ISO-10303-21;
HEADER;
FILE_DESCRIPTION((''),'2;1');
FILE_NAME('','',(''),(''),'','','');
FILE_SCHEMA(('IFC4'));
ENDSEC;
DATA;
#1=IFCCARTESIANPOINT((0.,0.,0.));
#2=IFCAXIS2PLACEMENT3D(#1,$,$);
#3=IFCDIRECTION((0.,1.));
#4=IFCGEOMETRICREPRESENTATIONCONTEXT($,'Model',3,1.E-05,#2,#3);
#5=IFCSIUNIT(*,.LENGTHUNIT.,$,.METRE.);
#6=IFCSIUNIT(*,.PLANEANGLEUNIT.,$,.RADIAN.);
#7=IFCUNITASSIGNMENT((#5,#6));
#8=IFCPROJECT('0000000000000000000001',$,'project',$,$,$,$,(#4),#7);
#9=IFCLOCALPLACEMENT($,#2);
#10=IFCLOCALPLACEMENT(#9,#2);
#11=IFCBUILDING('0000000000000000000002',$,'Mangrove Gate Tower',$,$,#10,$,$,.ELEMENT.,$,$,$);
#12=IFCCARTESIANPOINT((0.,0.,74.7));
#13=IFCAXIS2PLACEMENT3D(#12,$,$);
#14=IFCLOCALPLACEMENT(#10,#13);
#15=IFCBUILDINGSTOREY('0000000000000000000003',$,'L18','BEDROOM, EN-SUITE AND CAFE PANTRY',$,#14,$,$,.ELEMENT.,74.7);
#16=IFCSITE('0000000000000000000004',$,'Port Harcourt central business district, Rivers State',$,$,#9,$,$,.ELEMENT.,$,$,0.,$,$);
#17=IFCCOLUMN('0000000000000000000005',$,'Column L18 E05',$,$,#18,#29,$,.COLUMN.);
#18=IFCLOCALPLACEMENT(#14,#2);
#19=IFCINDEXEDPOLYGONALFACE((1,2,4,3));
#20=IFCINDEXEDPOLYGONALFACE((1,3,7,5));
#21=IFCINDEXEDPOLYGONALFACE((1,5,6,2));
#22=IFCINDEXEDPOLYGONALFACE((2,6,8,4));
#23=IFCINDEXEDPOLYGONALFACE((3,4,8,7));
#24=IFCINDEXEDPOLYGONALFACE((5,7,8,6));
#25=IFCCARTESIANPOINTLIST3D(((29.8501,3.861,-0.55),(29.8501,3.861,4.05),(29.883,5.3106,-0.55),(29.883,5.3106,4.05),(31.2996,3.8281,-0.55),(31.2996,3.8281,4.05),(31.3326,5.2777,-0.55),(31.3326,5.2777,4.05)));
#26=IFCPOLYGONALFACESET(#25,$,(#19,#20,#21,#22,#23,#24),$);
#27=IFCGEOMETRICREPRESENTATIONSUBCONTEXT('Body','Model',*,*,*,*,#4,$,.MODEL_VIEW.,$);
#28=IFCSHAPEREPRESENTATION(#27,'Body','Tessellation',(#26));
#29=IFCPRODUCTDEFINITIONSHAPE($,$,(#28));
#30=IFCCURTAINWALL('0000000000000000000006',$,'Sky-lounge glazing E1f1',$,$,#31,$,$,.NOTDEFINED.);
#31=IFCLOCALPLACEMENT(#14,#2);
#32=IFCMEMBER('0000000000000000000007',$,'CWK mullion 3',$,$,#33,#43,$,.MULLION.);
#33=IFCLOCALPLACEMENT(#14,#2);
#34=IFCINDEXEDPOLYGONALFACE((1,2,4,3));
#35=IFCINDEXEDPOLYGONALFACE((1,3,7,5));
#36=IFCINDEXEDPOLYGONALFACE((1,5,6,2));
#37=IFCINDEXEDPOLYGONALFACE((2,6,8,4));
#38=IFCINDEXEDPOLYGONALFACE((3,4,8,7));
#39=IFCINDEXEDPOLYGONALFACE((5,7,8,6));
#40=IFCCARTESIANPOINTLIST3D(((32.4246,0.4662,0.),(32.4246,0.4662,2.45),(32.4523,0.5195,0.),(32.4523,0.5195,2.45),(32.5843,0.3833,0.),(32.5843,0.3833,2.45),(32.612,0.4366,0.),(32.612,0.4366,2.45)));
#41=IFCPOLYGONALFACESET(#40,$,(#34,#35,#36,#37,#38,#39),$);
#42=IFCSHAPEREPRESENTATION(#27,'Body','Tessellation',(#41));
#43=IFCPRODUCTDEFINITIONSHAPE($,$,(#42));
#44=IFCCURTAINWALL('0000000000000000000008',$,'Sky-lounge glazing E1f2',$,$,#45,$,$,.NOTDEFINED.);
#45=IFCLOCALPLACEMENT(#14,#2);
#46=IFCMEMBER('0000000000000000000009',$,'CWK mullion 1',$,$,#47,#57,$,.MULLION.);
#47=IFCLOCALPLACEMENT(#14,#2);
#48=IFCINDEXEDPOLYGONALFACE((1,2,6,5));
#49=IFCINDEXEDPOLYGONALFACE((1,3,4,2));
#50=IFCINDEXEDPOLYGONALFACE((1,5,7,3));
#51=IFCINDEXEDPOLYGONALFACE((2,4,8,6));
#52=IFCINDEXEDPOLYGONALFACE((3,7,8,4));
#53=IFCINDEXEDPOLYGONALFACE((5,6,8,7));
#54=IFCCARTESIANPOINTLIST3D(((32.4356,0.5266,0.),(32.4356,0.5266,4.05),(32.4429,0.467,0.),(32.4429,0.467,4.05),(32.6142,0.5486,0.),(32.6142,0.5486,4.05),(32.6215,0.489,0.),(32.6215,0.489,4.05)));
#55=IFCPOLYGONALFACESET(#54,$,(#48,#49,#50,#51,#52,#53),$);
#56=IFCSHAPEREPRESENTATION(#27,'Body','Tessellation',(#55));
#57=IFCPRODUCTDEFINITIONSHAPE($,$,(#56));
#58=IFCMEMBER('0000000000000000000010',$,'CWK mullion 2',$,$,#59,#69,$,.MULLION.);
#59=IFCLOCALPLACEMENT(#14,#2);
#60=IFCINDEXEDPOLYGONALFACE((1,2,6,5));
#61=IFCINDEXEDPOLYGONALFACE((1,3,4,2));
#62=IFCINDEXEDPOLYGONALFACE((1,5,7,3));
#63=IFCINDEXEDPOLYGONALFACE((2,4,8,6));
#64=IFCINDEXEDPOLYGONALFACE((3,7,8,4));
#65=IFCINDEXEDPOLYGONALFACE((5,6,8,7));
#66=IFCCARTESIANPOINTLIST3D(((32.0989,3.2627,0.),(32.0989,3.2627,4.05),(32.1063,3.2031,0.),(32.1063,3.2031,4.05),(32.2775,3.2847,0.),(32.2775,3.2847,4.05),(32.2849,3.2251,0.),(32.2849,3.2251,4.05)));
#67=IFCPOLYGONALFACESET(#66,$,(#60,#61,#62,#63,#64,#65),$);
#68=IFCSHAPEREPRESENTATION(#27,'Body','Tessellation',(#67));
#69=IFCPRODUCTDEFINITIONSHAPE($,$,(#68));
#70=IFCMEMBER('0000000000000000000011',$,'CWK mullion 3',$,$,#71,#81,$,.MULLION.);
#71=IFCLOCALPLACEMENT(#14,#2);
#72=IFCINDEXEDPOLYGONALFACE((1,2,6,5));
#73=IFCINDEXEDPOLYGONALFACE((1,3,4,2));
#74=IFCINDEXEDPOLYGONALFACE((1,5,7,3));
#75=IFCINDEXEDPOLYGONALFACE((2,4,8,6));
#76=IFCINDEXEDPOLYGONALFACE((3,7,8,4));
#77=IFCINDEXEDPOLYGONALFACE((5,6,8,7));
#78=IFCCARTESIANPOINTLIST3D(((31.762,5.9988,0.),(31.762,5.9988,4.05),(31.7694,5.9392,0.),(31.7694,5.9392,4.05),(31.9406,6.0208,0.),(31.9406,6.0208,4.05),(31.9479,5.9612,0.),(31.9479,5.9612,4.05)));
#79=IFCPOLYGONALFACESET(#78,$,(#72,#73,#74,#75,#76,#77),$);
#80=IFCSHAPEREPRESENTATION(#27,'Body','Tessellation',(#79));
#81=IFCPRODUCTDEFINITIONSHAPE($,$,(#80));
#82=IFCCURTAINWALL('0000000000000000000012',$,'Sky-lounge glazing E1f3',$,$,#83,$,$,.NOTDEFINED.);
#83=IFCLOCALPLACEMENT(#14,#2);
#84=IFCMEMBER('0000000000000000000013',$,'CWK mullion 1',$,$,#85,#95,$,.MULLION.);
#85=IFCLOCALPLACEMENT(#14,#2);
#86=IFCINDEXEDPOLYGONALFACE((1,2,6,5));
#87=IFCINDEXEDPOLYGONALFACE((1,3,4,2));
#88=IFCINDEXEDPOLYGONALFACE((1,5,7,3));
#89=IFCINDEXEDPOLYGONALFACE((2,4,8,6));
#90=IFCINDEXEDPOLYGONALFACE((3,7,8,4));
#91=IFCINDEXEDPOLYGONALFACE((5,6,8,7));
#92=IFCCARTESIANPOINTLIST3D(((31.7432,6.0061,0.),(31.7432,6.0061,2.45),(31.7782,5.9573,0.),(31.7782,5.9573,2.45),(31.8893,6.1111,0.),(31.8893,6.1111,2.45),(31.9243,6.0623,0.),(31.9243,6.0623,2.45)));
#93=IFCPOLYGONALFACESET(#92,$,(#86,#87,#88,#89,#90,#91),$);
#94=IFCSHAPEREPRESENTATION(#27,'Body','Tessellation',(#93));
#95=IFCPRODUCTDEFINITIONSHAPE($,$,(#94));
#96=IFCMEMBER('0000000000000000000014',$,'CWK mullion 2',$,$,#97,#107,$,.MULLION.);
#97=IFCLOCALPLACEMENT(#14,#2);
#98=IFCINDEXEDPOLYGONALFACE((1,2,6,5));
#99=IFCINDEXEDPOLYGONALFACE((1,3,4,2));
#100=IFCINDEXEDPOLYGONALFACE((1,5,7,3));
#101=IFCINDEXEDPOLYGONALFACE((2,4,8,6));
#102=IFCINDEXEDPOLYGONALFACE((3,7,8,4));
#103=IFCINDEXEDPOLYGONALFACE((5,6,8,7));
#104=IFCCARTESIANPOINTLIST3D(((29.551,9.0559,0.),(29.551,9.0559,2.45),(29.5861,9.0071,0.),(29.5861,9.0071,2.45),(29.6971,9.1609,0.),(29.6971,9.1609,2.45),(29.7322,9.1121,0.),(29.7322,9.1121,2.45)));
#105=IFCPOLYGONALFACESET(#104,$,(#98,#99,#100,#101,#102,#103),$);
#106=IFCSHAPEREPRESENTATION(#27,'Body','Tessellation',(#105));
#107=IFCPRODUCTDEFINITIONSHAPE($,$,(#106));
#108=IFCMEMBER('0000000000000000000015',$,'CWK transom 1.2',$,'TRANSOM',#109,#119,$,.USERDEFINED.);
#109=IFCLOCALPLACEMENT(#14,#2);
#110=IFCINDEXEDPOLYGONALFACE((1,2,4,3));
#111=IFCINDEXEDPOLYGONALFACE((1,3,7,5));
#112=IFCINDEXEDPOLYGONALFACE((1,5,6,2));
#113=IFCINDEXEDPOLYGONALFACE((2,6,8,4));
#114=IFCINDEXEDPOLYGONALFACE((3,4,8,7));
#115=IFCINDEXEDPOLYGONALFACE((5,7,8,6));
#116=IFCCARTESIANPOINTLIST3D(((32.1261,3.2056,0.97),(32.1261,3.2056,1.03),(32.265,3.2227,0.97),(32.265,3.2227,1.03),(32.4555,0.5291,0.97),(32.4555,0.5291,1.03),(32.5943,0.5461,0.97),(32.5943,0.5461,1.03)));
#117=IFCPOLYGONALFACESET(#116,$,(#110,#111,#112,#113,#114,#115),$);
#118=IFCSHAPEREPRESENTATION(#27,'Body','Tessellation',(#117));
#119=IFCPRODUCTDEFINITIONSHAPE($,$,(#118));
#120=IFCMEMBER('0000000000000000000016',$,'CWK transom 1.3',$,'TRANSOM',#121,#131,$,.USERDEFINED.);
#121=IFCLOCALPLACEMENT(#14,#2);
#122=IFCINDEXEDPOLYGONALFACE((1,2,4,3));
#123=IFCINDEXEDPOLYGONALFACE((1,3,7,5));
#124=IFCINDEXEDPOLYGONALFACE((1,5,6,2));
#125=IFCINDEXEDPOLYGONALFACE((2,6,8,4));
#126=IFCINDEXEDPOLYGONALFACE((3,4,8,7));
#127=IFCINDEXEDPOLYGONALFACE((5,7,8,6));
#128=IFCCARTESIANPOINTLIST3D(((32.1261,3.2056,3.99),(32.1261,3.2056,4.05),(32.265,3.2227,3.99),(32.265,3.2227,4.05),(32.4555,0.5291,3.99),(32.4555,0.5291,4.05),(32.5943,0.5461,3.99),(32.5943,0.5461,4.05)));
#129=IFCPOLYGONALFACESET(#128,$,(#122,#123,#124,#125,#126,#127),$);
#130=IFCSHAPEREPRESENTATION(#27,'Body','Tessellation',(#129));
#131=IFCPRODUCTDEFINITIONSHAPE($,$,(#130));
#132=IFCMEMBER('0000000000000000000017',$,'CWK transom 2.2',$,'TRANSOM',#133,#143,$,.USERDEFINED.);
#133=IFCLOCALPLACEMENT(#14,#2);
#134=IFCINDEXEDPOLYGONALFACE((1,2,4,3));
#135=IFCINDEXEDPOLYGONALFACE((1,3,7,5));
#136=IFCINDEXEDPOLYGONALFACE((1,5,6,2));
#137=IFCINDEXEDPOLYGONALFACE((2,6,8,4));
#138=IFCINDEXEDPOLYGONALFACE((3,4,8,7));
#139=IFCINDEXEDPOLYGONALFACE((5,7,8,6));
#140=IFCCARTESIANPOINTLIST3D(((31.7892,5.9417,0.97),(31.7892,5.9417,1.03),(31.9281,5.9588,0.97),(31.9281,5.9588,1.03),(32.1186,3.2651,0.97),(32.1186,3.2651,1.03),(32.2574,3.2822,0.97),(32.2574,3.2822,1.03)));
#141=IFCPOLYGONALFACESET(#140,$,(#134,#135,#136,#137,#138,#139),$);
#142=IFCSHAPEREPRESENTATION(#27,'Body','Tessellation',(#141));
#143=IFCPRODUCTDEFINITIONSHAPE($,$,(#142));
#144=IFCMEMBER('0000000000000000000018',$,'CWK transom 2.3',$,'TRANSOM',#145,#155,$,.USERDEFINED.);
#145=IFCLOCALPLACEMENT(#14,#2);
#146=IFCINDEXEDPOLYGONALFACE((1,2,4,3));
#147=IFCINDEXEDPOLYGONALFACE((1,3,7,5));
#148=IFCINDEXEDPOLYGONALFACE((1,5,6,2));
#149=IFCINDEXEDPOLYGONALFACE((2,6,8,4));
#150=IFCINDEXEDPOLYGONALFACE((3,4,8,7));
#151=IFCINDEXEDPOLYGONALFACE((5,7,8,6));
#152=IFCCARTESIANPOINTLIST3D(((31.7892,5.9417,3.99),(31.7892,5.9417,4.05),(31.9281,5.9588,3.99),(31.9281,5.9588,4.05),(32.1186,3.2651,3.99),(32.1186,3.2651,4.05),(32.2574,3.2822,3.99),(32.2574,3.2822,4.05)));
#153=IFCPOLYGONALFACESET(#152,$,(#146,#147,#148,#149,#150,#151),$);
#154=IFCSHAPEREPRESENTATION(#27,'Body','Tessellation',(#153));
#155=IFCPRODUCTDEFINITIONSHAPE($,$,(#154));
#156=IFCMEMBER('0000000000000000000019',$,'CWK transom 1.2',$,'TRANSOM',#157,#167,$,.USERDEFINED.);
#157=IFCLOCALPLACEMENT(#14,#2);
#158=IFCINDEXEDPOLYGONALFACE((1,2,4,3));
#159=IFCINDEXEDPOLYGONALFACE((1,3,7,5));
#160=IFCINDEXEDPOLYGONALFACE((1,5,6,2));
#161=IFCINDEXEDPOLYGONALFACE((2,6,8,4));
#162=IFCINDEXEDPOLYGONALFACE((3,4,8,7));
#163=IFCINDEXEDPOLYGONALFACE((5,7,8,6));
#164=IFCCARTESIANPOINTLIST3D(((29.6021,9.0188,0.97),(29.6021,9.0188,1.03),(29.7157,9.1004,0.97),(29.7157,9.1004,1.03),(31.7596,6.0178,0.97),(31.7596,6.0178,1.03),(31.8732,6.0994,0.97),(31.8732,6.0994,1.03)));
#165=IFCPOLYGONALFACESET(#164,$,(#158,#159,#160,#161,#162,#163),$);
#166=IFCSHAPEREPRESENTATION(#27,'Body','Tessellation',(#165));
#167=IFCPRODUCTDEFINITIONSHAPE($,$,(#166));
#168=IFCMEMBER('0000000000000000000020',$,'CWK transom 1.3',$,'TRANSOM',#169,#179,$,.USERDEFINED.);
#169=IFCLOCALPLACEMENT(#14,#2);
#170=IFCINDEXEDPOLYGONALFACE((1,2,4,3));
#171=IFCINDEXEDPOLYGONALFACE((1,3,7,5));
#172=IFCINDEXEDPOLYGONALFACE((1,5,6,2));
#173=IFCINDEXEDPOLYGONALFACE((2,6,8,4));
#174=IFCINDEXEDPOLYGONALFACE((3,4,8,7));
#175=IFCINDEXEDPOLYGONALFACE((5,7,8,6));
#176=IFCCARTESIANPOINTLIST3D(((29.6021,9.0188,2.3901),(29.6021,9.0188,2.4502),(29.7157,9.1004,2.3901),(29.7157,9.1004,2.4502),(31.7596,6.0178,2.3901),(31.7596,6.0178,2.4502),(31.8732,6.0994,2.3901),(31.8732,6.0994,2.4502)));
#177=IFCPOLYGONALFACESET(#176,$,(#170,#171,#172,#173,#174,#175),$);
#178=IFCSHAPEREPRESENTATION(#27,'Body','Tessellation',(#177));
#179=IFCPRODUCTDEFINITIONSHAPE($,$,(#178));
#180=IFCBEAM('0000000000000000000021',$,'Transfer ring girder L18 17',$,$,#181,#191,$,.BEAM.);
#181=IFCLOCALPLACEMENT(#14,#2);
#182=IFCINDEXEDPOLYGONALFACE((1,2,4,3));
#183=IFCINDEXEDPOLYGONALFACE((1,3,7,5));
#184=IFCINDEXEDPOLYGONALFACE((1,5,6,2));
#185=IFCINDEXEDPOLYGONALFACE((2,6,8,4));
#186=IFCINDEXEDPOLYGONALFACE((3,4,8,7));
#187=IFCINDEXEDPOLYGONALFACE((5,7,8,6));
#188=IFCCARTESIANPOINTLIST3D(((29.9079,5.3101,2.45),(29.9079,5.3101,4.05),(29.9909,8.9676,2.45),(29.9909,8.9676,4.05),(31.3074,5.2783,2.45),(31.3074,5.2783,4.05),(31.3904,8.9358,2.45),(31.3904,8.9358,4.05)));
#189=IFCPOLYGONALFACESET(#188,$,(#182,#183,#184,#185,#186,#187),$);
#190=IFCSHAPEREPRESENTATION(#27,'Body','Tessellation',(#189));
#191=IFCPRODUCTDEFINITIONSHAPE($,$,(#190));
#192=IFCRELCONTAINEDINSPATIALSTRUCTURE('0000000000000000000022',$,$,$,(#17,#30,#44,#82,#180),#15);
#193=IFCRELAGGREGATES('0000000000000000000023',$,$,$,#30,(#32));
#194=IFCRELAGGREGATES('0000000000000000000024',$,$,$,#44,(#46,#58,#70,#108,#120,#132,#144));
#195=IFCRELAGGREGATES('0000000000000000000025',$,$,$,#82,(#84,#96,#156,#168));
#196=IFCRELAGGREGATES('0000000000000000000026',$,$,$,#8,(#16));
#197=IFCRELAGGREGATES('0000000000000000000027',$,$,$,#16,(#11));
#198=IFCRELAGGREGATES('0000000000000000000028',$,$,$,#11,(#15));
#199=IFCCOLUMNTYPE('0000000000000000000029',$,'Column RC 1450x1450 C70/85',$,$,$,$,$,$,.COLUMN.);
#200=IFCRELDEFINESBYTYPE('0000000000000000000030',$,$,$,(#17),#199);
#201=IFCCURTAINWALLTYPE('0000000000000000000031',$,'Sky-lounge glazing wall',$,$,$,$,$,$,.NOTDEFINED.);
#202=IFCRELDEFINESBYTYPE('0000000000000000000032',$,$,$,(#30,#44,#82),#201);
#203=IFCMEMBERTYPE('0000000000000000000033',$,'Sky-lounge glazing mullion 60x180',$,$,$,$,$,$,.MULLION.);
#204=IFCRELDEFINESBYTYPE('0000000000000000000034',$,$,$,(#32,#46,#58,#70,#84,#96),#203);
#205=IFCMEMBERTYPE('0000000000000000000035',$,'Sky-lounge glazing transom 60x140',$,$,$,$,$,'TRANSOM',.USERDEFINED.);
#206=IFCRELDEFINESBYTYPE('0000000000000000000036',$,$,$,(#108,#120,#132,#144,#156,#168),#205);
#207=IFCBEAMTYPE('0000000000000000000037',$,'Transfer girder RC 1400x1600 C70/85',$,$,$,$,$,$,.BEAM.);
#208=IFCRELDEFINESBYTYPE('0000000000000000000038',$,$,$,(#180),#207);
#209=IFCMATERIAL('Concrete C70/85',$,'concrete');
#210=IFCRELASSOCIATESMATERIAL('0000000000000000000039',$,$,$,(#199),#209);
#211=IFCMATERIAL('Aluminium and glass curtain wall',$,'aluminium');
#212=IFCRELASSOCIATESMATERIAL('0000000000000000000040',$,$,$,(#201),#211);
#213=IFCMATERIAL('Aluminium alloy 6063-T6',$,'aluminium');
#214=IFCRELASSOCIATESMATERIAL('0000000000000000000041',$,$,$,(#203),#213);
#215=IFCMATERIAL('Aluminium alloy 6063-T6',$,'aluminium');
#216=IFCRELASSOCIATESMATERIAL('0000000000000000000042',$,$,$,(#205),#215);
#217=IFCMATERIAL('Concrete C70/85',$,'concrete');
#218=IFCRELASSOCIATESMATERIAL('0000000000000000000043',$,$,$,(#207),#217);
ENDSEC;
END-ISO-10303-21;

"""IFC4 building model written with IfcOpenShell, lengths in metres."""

from ifc_helpers import new_model, si_unit, direction, frame, origin, origin_2d, place, context, subcontext, project, spatial, rectangle, extrude, material, material_profile, profile_set, type_object, element, aggregate, save


model = new_model("IFC4")

# Units and contexts
model_context = context("Model", 3, precision=1e-05, world=origin(), true_north=direction((0.0, 1.0)))
body_context = subcontext(model_context, "Body", "Model", "MODEL_VIEW")
ifc_project = project(units=[si_unit("LENGTHUNIT", "METRE"), si_unit("PLANEANGLEUNIT", "RADIAN")], contexts=[model_context])

# Site, building, storey
site_placement = place(None, origin())
site = spatial("IfcSite", under=ifc_project, at=site_placement, Name="Port Harcourt central business district, Rivers State", CompositionType="ELEMENT", RefElevation=0.0)
building_placement = place(site_placement, origin())
building = spatial("IfcBuilding", under=site, at=building_placement, Name="Mangrove Gate Tower", CompositionType="ELEMENT")
storey_placement = place(building_placement, frame((0.0, 0.0, 74.7)))
storey = spatial("IfcBuildingStorey", under=building, at=storey_placement, Name="L18", Description="BEDROOM, EN-SUITE AND CAFE PANTRY", CompositionType="ELEMENT", Elevation=74.7)

# Column
ifc_material_1 = material(Name="Concrete C70/85", Category="concrete")
ifc_material_profile_1 = material_profile(ifc_material_1, rectangle(XDim=1.45, YDim=1.45, at=origin_2d()))
ifc_profile_set_1 = profile_set([ifc_material_profile_1], Name="Concrete C70/85")
column_type = type_object("IfcColumnType", Name="Column RC 1450x1450 C70/85", PredefinedType="COLUMN", material=ifc_profile_set_1)
column_placement = place(storey_placement, frame((30.5913, 4.5693, -0.55), z_axis=(0.0, 0.0, 1.0), x_axis=(0.022695, 0.999742, 0.0)))
element("IfcColumn", 1, at=column_placement, inside=storey, type_object=column_type, Name="Column L18 E05", PredefinedType="COLUMN", context=body_context, shape_type="SweptSolid", body=[
    extrude(rectangle(XDim=1.45, YDim=1.45, at=origin_2d()), origin(), (0.0, 0.0, 1.0), 4.6001),
])

# Curtain wall, member
ifc_material_2 = material(Name="Aluminium and glass curtain wall", Category="aluminium")
curtain_wall_type = type_object("IfcCurtainWallType", Name="Sky-lounge glazing wall", PredefinedType="NOTDEFINED", material=ifc_material_2)
curtain_wall_1_placement = place(storey_placement, origin())
curtain_wall_1 = element("IfcCurtainWall", 2, at=curtain_wall_1_placement, inside=storey, type_object=curtain_wall_type, Name="Sky-lounge glazing E1f1", PredefinedType="NOTDEFINED")
ifc_material_3 = material(Name="Aluminium alloy 6063-T6", Category="aluminium")
ifc_material_profile_2 = material_profile(ifc_material_3, rectangle(XDim=0.0601, YDim=0.1799, at=origin_2d()))
ifc_profile_set_2 = profile_set([ifc_material_profile_2], Name="Aluminium alloy 6063-T6")
member_type_1 = type_object("IfcMemberType", Name="Sky-lounge glazing mullion 60x180", PredefinedType="MULLION", material=ifc_profile_set_2)
member_1_placement = place(storey_placement, frame((32.5183, 0.4514, 0.0), z_axis=(0.0, 0.0, 1.0), x_axis=(0.460628, 0.887593, 0.0)))
member_1 = element("IfcMember", 3, at=member_1_placement, type_object=member_type_1, Name="CWK mullion 3", PredefinedType="MULLION", context=body_context, shape_type="SweptSolid", body=[
    extrude(rectangle(XDim=0.0601, YDim=0.1799, at=origin_2d()), origin(), (0.0, 0.0, 1.0), 2.45),
])
aggregate(curtain_wall_1, [member_1])

# Curtain walls, members
curtain_wall_2_placement = place(storey_placement, origin())
curtain_wall_2 = element("IfcCurtainWall", 4, at=curtain_wall_2_placement, inside=storey, type_object=curtain_wall_type, Name="Sky-lounge glazing E1f2", PredefinedType="NOTDEFINED")
member_2_placement = place(storey_placement, frame((32.5286, 0.5078, 0.0), z_axis=(0.0, 0.0, 1.0), x_axis=(-0.122172, 0.992509, 0.0)))
member_2 = element("IfcMember", 5, at=member_2_placement, type_object=member_type_1, Name="CWK mullion 1", PredefinedType="MULLION", context=body_context, shape_type="SweptSolid", body=[
    extrude(rectangle(XDim=0.0601, YDim=0.1799, at=origin_2d()), origin(), (0.0, 0.0, 1.0), 4.05),
])
member_3_placement = place(storey_placement, frame((32.1919, 3.2439, 0.0), z_axis=(0.0, 0.0, 1.0), x_axis=(-0.122172, 0.992509, 0.0)))
member_3 = element("IfcMember", 6, at=member_3_placement, type_object=member_type_1, Name="CWK mullion 2", PredefinedType="MULLION", context=body_context, shape_type="SweptSolid", body=[
    extrude(rectangle(XDim=0.0601, YDim=0.1799, at=origin_2d()), origin(), (0.0, 0.0, 1.0), 4.05),
])
member_4_placement = place(storey_placement, frame((31.855, 5.98, 0.0), z_axis=(0.0, 0.0, 1.0), x_axis=(-0.122172, 0.992509, 0.0)))
member_4 = element("IfcMember", 7, at=member_4_placement, type_object=member_type_1, Name="CWK mullion 3", PredefinedType="MULLION", context=body_context, shape_type="SweptSolid", body=[
    extrude(rectangle(XDim=0.0601, YDim=0.1799, at=origin_2d()), origin(), (0.0, 0.0, 1.0), 4.05),
])
curtain_wall_3_placement = place(storey_placement, origin())
curtain_wall_3 = element("IfcCurtainWall", 8, at=curtain_wall_3_placement, inside=storey, type_object=curtain_wall_type, Name="Sky-lounge glazing E1f3", PredefinedType="NOTDEFINED")
member_5_placement = place(storey_placement, frame((31.8337, 6.0342, 0.0), z_axis=(0.0, 0.0, 1.0), x_axis=(-0.58367, 0.811991, 0.0)))
member_5 = element("IfcMember", 9, at=member_5_placement, type_object=member_type_1, Name="CWK mullion 1", PredefinedType="MULLION", context=body_context, shape_type="SweptSolid", body=[
    extrude(rectangle(XDim=0.0601, YDim=0.1799, at=origin_2d()), origin(), (0.0, 0.0, 1.0), 2.45),
])
member_6_placement = place(storey_placement, frame((29.6416, 9.084, 0.0), z_axis=(0.0, 0.0, 1.0), x_axis=(-0.58367, 0.811991, 0.0)))
member_6 = element("IfcMember", 10, at=member_6_placement, type_object=member_type_1, Name="CWK mullion 2", PredefinedType="MULLION", context=body_context, shape_type="SweptSolid", body=[
    extrude(rectangle(XDim=0.0601, YDim=0.1799, at=origin_2d()), origin(), (0.0, 0.0, 1.0), 2.45),
])

# Members
ifc_material_4 = material(Name="Aluminium alloy 6063-T6", Category="aluminium")
ifc_material_profile_3 = material_profile(ifc_material_4, rectangle(XDim=0.0601, YDim=0.1399, at=origin_2d()))
ifc_profile_set_3 = profile_set([ifc_material_profile_3], Name="Aluminium alloy 6063-T6")
member_type_2 = type_object("IfcMemberType", Name="Sky-lounge glazing transom 60x140", ElementType="TRANSOM", PredefinedType="USERDEFINED", material=ifc_profile_set_3)
member_7_placement = place(storey_placement, frame((32.5249, 0.5376, 1.0), z_axis=(-0.122129, 0.992514, 0.0), x_axis=(0.0, 0.0, 1.0)))
member_7 = element("IfcMember", 11, at=member_7_placement, type_object=member_type_2, Name="CWK transom 1.2", ObjectType="TRANSOM", PredefinedType="USERDEFINED", context=body_context, shape_type="SweptSolid", body=[
    extrude(rectangle(XDim=0.0601, YDim=0.1399, at=origin_2d()), origin(), (0.0, 0.0, 1.0), 2.6968),
])
member_8_placement = place(storey_placement, frame((32.5249, 0.5376, 4.02), z_axis=(-0.122129, 0.992514, 0.0), x_axis=(0.0, 0.0, 1.0)))
member_8 = element("IfcMember", 12, at=member_8_placement, type_object=member_type_2, Name="CWK transom 1.3", ObjectType="TRANSOM", PredefinedType="USERDEFINED", context=body_context, shape_type="SweptSolid", body=[
    extrude(rectangle(XDim=0.0601, YDim=0.1399, at=origin_2d()), origin(), (0.0, 0.0, 1.0), 2.6968),
])
member_9_placement = place(storey_placement, frame((32.188, 3.2737, 1.0), z_axis=(-0.122129, 0.992514, 0.0), x_axis=(0.0, 0.0, 1.0)))
member_9 = element("IfcMember", 13, at=member_9_placement, type_object=member_type_2, Name="CWK transom 2.2", ObjectType="TRANSOM", PredefinedType="USERDEFINED", context=body_context, shape_type="SweptSolid", body=[
    extrude(rectangle(XDim=0.0601, YDim=0.1399, at=origin_2d()), origin(), (0.0, 0.0, 1.0), 2.6968),
])
member_10_placement = place(storey_placement, frame((32.188, 3.2737, 4.02), z_axis=(-0.122129, 0.992514, 0.0), x_axis=(0.0, 0.0, 1.0)))
member_10 = element("IfcMember", 14, at=member_10_placement, type_object=member_type_2, Name="CWK transom 2.3", ObjectType="TRANSOM", PredefinedType="USERDEFINED", context=body_context, shape_type="SweptSolid", body=[
    extrude(rectangle(XDim=0.0601, YDim=0.1399, at=origin_2d()), origin(), (0.0, 0.0, 1.0), 2.6968),
])
member_11_placement = place(storey_placement, frame((31.8164, 6.0586, 1.0), z_axis=(-0.583729, 0.811949, 0.0), x_axis=(0.0, 0.0, 1.0)))
member_11 = element("IfcMember", 15, at=member_11_placement, type_object=member_type_2, Name="CWK transom 1.2", ObjectType="TRANSOM", PredefinedType="USERDEFINED", context=body_context, shape_type="SweptSolid", body=[
    extrude(rectangle(XDim=0.0601, YDim=0.1399, at=origin_2d()), origin(), (0.0, 0.0, 1.0), 3.696),
])
member_12_placement = place(storey_placement, frame((31.8164, 6.0586, 2.4202), z_axis=(-0.583729, 0.811949, 0.0), x_axis=(0.0, 0.0, 1.0)))
member_12 = element("IfcMember", 16, at=member_12_placement, type_object=member_type_2, Name="CWK transom 1.3", ObjectType="TRANSOM", PredefinedType="USERDEFINED", context=body_context, shape_type="SweptSolid", body=[
    extrude(rectangle(XDim=0.0601, YDim=0.1399, at=origin_2d()), origin(), (0.0, 0.0, 1.0), 3.696),
])

# Beam
ifc_material_5 = material(Name="Concrete C70/85", Category="concrete")
ifc_material_profile_4 = material_profile(ifc_material_5, rectangle(XDim=1.3999, YDim=1.6001, at=origin_2d()))
ifc_profile_set_4 = profile_set([ifc_material_profile_4], Name="Concrete C70/85")
beam_type = type_object("IfcBeamType", Name="Transfer girder RC 1400x1600 C70/85", PredefinedType="BEAM", material=ifc_profile_set_4)
beam_placement = place(storey_placement, frame((30.6077, 5.2942, 3.25), z_axis=(0.02269, 0.999743, 0.0), x_axis=(-0.999743, 0.02269, 0.0)))
element("IfcBeam", 17, at=beam_placement, inside=storey, type_object=beam_type, Name="Transfer ring girder L18 17", PredefinedType="BEAM", context=body_context, shape_type="SweptSolid", body=[
    extrude(rectangle(XDim=1.3999, YDim=1.6001, at=origin_2d()), origin(), (0.0, 0.0, 1.0), 3.6584),
])

aggregate(curtain_wall_2, [member_2, member_3, member_4, member_7, member_8, member_9, member_10])
aggregate(curtain_wall_3, [member_5, member_6, member_11, member_12])

save(model, "model.ifc")
